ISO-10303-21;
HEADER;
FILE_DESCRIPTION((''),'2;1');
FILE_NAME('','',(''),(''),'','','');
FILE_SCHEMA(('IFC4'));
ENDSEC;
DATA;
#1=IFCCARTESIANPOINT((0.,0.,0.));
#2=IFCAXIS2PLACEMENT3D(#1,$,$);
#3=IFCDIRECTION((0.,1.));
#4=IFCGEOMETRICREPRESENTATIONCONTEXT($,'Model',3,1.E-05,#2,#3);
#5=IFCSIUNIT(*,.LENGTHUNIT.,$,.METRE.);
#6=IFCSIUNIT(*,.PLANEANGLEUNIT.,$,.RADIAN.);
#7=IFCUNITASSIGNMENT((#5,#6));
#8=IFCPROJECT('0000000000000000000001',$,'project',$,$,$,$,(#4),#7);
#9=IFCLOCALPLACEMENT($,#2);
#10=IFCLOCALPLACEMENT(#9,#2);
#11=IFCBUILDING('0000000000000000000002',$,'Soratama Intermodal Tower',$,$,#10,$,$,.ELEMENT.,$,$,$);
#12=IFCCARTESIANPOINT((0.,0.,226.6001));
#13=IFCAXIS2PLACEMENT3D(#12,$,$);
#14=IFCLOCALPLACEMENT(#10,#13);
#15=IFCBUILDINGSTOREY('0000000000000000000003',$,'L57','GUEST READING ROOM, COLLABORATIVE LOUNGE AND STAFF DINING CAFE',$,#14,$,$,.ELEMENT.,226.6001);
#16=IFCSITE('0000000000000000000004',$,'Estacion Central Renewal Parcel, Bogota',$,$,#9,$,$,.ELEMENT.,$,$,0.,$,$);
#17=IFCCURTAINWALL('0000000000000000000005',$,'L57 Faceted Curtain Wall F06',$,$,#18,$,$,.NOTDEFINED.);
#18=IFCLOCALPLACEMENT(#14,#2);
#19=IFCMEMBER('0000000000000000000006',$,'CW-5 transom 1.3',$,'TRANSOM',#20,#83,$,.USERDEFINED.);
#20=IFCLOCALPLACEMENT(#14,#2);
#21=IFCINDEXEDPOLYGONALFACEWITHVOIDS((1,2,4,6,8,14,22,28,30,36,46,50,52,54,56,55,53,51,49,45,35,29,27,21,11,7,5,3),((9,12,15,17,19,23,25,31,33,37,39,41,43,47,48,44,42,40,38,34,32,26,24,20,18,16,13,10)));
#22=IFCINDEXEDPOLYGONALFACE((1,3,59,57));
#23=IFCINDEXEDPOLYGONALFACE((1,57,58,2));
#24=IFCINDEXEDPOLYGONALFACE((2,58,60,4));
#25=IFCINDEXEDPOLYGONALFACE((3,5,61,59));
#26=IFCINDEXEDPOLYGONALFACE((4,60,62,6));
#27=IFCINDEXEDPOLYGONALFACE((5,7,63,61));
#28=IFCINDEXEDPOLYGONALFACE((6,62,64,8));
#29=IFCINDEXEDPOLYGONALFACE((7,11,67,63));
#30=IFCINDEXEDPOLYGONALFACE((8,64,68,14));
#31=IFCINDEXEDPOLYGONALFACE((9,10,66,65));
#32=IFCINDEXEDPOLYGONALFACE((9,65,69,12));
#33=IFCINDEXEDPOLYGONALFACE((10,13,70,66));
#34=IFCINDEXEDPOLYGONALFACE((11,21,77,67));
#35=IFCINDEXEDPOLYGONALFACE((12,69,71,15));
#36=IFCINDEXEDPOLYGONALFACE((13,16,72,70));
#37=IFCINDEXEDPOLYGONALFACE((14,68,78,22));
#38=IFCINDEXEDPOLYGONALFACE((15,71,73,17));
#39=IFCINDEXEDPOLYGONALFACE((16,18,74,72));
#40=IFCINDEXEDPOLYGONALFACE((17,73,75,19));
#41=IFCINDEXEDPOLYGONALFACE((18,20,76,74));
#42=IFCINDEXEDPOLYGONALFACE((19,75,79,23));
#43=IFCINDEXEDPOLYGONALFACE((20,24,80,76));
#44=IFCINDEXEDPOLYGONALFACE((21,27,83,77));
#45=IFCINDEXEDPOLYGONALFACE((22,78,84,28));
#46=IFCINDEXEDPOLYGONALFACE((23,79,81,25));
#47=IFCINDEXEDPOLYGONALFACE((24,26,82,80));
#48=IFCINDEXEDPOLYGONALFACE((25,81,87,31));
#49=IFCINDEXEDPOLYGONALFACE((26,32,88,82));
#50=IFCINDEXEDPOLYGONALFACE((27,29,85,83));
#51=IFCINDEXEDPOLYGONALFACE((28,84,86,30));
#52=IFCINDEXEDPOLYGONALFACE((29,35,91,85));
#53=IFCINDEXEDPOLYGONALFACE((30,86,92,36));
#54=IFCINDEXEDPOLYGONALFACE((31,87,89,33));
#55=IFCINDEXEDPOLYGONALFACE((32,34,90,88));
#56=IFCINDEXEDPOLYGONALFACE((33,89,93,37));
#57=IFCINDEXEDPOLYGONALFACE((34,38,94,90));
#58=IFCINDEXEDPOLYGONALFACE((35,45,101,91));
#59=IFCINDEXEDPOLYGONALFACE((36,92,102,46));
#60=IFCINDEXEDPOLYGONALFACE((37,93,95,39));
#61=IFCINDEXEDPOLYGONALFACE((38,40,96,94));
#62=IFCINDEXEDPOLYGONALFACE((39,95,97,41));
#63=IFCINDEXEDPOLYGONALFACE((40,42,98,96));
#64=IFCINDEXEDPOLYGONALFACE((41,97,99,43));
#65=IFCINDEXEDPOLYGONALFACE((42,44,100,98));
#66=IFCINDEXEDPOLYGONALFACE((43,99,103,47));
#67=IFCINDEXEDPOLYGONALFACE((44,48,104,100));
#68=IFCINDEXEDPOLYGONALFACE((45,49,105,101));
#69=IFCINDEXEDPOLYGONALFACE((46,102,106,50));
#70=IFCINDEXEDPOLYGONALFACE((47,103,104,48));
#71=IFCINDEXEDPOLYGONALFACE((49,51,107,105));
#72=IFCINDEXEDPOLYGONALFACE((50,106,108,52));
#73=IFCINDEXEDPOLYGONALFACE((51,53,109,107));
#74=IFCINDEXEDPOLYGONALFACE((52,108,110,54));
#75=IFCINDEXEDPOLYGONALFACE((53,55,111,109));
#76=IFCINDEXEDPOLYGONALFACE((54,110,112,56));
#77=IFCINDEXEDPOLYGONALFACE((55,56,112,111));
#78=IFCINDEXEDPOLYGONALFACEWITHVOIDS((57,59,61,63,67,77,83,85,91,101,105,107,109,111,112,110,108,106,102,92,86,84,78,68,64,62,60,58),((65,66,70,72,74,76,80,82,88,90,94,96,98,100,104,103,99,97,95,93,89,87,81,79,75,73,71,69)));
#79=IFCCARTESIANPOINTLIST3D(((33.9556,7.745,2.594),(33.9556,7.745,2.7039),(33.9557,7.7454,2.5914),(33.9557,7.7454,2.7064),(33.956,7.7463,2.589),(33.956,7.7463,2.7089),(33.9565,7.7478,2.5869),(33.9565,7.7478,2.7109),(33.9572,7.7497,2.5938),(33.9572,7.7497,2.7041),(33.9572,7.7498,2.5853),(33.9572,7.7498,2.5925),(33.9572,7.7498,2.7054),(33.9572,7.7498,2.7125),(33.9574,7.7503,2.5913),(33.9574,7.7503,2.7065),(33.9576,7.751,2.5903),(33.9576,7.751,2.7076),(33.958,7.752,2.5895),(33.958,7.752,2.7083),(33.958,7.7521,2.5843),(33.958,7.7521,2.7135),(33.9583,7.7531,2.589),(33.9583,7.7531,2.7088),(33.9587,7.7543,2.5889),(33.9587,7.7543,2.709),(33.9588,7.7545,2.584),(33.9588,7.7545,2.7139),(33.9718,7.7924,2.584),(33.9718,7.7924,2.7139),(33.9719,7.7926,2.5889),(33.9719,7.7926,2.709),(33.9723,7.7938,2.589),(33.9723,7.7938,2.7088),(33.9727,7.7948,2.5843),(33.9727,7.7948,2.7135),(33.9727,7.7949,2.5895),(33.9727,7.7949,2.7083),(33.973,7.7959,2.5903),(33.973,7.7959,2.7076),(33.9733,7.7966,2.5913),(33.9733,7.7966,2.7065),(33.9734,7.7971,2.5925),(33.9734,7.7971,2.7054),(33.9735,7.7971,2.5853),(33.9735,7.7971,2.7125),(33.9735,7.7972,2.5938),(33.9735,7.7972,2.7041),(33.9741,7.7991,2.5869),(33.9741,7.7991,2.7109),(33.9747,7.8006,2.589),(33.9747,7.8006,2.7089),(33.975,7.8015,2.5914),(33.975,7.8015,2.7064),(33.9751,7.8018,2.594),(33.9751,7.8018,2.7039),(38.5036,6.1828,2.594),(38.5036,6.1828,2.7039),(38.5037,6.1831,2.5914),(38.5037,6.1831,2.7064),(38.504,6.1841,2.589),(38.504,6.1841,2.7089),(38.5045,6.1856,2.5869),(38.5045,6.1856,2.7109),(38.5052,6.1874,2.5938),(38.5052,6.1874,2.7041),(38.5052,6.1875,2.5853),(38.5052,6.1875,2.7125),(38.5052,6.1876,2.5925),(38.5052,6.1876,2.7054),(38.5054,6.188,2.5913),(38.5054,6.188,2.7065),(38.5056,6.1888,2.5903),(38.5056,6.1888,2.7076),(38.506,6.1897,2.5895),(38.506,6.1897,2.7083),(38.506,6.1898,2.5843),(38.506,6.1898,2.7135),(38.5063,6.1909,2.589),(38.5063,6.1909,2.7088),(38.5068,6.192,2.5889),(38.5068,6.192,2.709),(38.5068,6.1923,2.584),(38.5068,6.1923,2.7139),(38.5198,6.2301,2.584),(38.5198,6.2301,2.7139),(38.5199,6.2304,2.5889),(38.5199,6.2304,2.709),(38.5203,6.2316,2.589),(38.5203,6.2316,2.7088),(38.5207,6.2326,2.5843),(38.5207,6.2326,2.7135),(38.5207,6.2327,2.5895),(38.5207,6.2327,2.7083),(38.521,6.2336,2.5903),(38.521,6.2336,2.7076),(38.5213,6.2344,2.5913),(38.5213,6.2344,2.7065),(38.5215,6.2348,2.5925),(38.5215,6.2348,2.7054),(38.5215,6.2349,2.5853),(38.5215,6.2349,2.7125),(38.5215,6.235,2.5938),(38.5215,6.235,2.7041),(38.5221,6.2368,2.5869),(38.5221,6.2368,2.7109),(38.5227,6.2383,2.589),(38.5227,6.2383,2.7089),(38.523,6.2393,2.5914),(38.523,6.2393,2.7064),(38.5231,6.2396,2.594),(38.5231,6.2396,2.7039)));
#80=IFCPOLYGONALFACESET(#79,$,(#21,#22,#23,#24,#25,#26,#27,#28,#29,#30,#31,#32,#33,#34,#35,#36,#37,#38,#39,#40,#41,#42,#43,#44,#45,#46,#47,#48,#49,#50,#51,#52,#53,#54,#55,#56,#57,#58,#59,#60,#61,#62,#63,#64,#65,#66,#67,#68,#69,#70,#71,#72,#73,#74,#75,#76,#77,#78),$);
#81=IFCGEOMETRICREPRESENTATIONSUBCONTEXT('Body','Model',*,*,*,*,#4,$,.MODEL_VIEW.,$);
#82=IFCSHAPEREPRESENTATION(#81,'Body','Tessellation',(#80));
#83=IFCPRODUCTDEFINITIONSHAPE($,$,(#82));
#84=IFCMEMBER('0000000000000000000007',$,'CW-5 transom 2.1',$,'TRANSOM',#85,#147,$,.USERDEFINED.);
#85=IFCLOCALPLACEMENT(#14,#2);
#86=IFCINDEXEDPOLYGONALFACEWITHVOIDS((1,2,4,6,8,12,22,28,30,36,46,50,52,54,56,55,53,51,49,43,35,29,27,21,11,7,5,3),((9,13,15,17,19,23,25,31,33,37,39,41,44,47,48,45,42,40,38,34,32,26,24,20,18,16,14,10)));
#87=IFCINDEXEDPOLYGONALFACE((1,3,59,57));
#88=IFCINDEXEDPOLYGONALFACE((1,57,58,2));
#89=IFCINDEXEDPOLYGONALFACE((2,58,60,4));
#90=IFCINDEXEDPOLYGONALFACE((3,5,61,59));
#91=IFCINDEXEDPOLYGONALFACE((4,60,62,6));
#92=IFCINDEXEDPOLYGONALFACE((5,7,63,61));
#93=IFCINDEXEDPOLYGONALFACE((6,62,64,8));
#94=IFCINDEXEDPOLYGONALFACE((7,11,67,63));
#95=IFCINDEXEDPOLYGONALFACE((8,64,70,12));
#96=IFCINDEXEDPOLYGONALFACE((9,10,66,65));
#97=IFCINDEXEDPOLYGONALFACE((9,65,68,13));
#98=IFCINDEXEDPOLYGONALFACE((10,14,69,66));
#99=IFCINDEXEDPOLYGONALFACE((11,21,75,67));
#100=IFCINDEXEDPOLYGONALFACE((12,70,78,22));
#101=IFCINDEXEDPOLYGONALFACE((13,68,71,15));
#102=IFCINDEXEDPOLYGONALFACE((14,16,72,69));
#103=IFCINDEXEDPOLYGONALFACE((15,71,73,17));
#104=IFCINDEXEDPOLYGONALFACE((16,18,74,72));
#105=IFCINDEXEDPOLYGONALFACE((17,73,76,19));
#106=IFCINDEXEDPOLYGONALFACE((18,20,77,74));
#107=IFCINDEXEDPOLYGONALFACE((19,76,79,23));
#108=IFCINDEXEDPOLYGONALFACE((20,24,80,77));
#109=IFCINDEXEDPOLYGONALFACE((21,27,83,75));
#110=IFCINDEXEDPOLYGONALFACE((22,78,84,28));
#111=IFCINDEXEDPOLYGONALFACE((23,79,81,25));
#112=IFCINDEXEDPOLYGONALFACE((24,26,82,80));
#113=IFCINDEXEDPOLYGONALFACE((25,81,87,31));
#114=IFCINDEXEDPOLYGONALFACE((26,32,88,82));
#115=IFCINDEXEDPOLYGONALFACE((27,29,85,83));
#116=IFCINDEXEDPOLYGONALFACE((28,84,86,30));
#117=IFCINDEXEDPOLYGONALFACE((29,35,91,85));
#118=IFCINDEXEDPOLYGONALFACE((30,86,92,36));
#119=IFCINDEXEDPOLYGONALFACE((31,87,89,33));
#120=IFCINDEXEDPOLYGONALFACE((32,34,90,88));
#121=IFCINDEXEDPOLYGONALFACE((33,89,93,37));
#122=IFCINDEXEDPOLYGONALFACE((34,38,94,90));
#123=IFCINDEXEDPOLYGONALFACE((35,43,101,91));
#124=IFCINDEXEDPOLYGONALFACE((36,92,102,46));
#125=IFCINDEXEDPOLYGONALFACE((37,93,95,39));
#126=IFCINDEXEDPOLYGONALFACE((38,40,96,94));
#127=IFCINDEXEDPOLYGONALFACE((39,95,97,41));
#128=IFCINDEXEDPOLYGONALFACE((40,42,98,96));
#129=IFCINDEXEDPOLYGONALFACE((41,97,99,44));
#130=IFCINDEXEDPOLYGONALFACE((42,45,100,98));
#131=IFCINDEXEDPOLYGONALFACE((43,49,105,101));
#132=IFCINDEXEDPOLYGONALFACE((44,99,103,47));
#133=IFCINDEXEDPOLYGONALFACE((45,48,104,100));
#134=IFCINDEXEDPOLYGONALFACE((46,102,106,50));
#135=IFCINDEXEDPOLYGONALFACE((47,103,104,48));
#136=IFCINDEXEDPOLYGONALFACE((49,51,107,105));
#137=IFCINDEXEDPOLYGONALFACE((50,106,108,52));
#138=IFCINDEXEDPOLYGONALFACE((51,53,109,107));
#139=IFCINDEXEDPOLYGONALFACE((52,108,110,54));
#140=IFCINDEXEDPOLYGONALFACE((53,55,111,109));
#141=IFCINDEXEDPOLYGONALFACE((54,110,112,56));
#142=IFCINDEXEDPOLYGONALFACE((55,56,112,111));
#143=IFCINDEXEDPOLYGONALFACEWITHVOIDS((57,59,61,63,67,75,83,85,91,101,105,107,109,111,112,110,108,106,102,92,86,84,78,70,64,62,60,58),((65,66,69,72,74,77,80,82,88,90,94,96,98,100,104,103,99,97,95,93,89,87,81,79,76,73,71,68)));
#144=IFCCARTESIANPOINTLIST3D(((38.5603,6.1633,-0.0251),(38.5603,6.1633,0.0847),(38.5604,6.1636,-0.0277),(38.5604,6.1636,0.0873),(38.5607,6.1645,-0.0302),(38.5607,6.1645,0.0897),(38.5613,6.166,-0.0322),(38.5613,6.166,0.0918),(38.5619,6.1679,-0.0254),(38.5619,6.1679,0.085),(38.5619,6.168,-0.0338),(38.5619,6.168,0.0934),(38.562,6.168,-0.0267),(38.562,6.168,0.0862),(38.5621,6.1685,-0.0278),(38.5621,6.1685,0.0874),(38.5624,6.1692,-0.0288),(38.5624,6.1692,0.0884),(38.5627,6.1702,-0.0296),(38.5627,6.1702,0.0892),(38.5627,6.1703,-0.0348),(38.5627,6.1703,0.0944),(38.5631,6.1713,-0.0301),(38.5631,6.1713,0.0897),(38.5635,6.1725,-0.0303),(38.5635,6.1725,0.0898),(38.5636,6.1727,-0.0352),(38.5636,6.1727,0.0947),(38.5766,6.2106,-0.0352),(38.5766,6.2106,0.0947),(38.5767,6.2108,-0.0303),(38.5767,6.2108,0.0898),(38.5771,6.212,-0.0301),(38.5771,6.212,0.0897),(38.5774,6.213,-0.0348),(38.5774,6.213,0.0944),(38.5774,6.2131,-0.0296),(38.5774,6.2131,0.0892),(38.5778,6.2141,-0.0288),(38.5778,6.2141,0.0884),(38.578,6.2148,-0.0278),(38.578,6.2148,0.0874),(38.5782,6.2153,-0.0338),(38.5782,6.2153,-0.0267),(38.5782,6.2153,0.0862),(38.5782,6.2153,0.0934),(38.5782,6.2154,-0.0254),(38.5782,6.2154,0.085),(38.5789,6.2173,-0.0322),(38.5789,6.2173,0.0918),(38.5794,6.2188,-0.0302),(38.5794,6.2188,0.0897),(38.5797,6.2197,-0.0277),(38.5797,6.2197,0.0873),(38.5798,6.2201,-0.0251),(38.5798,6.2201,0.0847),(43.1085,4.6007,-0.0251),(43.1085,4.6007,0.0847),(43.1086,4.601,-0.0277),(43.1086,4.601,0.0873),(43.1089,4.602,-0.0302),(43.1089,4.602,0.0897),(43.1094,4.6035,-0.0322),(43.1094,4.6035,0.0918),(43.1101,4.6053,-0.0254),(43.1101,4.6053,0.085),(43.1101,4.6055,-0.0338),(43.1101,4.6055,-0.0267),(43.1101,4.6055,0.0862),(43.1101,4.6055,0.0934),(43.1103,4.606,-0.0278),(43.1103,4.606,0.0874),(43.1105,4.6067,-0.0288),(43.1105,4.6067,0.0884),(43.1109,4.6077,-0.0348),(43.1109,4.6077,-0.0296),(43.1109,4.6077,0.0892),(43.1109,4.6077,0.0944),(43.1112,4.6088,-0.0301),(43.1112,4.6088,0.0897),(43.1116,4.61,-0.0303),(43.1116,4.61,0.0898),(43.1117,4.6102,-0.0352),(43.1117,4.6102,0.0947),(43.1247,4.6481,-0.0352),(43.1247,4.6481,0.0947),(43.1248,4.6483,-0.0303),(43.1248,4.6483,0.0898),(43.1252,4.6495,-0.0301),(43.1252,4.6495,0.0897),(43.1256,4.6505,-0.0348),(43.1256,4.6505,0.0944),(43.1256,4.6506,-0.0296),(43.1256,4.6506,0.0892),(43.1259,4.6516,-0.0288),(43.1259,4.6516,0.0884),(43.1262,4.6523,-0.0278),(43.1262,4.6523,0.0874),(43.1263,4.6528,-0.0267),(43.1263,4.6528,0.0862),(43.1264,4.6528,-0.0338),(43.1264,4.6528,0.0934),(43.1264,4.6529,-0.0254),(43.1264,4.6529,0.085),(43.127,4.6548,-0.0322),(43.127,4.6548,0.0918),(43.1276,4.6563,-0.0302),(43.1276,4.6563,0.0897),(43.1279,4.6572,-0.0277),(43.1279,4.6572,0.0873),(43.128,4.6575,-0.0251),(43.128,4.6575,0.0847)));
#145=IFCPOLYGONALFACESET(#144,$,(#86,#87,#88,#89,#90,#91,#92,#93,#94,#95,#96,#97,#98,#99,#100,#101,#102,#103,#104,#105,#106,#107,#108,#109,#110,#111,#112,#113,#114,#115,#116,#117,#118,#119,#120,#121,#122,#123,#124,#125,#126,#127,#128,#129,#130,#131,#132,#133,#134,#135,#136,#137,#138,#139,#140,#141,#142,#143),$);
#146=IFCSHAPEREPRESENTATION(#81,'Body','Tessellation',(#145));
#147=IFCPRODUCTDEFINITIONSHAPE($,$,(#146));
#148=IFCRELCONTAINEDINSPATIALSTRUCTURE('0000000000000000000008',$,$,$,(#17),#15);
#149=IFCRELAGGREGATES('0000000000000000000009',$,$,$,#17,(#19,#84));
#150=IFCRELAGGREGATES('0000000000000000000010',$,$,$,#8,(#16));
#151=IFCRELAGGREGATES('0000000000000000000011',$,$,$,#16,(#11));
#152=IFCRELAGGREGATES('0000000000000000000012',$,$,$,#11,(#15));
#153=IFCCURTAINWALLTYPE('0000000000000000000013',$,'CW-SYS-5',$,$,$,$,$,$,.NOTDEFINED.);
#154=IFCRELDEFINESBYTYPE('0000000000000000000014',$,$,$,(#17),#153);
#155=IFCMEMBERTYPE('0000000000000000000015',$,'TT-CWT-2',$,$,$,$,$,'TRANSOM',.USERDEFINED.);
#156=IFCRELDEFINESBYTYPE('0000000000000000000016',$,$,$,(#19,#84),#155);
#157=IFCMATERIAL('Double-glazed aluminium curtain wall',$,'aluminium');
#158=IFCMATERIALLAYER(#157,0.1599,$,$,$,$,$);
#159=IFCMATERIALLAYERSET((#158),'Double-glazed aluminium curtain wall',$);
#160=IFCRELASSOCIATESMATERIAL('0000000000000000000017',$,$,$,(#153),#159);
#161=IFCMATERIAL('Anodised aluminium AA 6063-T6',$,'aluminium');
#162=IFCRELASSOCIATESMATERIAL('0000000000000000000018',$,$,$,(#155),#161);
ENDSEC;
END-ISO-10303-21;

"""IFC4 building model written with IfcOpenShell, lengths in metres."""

from ifc_helpers import new_model, si_unit, direction, frame, origin, origin_2d, place, context, subcontext, project, spatial, hollow_rectangle, extrude, material, layer, layer_set, material_profile, profile_set, type_object, element, aggregate, save


model = new_model("IFC4")

# Units and contexts
model_context = context("Model", 3, precision=1e-05, world=origin(), true_north=direction((0.0, 1.0)))
body_context = subcontext(model_context, "Body", "Model", "MODEL_VIEW")
ifc_project = project(units=[si_unit("LENGTHUNIT", "METRE"), si_unit("PLANEANGLEUNIT", "RADIAN")], contexts=[model_context])

# Site, building, storey
site_placement = place(None, origin())
site = spatial("IfcSite", under=ifc_project, at=site_placement, Name="Estacion Central Renewal Parcel, Bogota", CompositionType="ELEMENT", RefElevation=0.0)
building_placement = place(site_placement, origin())
building = spatial("IfcBuilding", under=site, at=building_placement, Name="Soratama Intermodal Tower", CompositionType="ELEMENT")
storey_placement = place(building_placement, frame((0.0, 0.0, 226.6001)))
storey = spatial("IfcBuildingStorey", under=building, at=storey_placement, Name="L57", Description="GUEST READING ROOM, COLLABORATIVE LOUNGE AND STAFF DINING CAFE", CompositionType="ELEMENT", Elevation=226.6001)

# Curtain wall, members
ifc_material_1 = material(Name="Double-glazed aluminium curtain wall", Category="aluminium")
ifc_layer_1 = layer(ifc_material_1, 0.1599)
ifc_layer_set_1 = layer_set([ifc_layer_1], Name="Double-glazed aluminium curtain wall")
curtain_wall_type = type_object("IfcCurtainWallType", Name="CW-SYS-5", PredefinedType="NOTDEFINED", material=ifc_layer_set_1)
curtain_wall_placement = place(storey_placement, origin())
curtain_wall = element("IfcCurtainWall", 1, at=curtain_wall_placement, inside=storey, type_object=curtain_wall_type, Name="L57 Faceted Curtain Wall F06", PredefinedType="NOTDEFINED")
ifc_material_2 = material(Name="Anodised aluminium AA 6063-T6", Category="aluminium")
ifc_material_profile_1 = material_profile(ifc_material_2, hollow_rectangle(XDim=0.0601, YDim=0.1299, WallThickness=0.0049, InnerFilletRadius=0.0049, OuterFilletRadius=0.01, at=origin_2d()), Name="CWT130X60X5")
ifc_profile_set_1 = profile_set([ifc_material_profile_1], Name="Anodised aluminium AA 6063-T6")
member_type_1 = type_object("IfcMemberType", Name="TT-CWT-2", ElementType="TRANSOM", PredefinedType="USERDEFINED", material=ifc_profile_set_1)
member_1_placement = place(storey_placement, frame((33.9653, 7.7734, 2.6489), z_axis=(0.94576, -0.324866, 0.0), x_axis=(0.324866, 0.94576, 0.0)))
member_1 = element("IfcMember", 2, at=member_1_placement, type_object=member_type_1, Name="CW-5 transom 1.3", ObjectType="TRANSOM", PredefinedType="USERDEFINED", context=body_context, shape_type="SweptSolid", body=[
    extrude(hollow_rectangle(XDim=0.0601, YDim=0.1299, WallThickness=0.0049, InnerFilletRadius=0.0049, OuterFilletRadius=0.01, at=origin_2d()), origin(), (0.0, 0.0, 1.0), 4.8088),
])
member_2_placement = place(storey_placement, frame((38.5701, 6.1917, 0.0298), z_axis=(0.945745, -0.324911, 0.0), x_axis=(0.324911, 0.945745, 0.0)))
member_2 = element("IfcMember", 3, at=member_2_placement, type_object=member_type_1, Name="CW-5 transom 2.1", ObjectType="TRANSOM", PredefinedType="USERDEFINED", context=body_context, shape_type="SweptSolid", body=[
    extrude(hollow_rectangle(XDim=0.0601, YDim=0.1299, WallThickness=0.0049, InnerFilletRadius=0.0049, OuterFilletRadius=0.01, at=origin_2d()), origin(), (0.0, 0.0, 1.0), 4.8091),
])
aggregate(curtain_wall, [member_1, member_2])

save(model, "model.ifc")
